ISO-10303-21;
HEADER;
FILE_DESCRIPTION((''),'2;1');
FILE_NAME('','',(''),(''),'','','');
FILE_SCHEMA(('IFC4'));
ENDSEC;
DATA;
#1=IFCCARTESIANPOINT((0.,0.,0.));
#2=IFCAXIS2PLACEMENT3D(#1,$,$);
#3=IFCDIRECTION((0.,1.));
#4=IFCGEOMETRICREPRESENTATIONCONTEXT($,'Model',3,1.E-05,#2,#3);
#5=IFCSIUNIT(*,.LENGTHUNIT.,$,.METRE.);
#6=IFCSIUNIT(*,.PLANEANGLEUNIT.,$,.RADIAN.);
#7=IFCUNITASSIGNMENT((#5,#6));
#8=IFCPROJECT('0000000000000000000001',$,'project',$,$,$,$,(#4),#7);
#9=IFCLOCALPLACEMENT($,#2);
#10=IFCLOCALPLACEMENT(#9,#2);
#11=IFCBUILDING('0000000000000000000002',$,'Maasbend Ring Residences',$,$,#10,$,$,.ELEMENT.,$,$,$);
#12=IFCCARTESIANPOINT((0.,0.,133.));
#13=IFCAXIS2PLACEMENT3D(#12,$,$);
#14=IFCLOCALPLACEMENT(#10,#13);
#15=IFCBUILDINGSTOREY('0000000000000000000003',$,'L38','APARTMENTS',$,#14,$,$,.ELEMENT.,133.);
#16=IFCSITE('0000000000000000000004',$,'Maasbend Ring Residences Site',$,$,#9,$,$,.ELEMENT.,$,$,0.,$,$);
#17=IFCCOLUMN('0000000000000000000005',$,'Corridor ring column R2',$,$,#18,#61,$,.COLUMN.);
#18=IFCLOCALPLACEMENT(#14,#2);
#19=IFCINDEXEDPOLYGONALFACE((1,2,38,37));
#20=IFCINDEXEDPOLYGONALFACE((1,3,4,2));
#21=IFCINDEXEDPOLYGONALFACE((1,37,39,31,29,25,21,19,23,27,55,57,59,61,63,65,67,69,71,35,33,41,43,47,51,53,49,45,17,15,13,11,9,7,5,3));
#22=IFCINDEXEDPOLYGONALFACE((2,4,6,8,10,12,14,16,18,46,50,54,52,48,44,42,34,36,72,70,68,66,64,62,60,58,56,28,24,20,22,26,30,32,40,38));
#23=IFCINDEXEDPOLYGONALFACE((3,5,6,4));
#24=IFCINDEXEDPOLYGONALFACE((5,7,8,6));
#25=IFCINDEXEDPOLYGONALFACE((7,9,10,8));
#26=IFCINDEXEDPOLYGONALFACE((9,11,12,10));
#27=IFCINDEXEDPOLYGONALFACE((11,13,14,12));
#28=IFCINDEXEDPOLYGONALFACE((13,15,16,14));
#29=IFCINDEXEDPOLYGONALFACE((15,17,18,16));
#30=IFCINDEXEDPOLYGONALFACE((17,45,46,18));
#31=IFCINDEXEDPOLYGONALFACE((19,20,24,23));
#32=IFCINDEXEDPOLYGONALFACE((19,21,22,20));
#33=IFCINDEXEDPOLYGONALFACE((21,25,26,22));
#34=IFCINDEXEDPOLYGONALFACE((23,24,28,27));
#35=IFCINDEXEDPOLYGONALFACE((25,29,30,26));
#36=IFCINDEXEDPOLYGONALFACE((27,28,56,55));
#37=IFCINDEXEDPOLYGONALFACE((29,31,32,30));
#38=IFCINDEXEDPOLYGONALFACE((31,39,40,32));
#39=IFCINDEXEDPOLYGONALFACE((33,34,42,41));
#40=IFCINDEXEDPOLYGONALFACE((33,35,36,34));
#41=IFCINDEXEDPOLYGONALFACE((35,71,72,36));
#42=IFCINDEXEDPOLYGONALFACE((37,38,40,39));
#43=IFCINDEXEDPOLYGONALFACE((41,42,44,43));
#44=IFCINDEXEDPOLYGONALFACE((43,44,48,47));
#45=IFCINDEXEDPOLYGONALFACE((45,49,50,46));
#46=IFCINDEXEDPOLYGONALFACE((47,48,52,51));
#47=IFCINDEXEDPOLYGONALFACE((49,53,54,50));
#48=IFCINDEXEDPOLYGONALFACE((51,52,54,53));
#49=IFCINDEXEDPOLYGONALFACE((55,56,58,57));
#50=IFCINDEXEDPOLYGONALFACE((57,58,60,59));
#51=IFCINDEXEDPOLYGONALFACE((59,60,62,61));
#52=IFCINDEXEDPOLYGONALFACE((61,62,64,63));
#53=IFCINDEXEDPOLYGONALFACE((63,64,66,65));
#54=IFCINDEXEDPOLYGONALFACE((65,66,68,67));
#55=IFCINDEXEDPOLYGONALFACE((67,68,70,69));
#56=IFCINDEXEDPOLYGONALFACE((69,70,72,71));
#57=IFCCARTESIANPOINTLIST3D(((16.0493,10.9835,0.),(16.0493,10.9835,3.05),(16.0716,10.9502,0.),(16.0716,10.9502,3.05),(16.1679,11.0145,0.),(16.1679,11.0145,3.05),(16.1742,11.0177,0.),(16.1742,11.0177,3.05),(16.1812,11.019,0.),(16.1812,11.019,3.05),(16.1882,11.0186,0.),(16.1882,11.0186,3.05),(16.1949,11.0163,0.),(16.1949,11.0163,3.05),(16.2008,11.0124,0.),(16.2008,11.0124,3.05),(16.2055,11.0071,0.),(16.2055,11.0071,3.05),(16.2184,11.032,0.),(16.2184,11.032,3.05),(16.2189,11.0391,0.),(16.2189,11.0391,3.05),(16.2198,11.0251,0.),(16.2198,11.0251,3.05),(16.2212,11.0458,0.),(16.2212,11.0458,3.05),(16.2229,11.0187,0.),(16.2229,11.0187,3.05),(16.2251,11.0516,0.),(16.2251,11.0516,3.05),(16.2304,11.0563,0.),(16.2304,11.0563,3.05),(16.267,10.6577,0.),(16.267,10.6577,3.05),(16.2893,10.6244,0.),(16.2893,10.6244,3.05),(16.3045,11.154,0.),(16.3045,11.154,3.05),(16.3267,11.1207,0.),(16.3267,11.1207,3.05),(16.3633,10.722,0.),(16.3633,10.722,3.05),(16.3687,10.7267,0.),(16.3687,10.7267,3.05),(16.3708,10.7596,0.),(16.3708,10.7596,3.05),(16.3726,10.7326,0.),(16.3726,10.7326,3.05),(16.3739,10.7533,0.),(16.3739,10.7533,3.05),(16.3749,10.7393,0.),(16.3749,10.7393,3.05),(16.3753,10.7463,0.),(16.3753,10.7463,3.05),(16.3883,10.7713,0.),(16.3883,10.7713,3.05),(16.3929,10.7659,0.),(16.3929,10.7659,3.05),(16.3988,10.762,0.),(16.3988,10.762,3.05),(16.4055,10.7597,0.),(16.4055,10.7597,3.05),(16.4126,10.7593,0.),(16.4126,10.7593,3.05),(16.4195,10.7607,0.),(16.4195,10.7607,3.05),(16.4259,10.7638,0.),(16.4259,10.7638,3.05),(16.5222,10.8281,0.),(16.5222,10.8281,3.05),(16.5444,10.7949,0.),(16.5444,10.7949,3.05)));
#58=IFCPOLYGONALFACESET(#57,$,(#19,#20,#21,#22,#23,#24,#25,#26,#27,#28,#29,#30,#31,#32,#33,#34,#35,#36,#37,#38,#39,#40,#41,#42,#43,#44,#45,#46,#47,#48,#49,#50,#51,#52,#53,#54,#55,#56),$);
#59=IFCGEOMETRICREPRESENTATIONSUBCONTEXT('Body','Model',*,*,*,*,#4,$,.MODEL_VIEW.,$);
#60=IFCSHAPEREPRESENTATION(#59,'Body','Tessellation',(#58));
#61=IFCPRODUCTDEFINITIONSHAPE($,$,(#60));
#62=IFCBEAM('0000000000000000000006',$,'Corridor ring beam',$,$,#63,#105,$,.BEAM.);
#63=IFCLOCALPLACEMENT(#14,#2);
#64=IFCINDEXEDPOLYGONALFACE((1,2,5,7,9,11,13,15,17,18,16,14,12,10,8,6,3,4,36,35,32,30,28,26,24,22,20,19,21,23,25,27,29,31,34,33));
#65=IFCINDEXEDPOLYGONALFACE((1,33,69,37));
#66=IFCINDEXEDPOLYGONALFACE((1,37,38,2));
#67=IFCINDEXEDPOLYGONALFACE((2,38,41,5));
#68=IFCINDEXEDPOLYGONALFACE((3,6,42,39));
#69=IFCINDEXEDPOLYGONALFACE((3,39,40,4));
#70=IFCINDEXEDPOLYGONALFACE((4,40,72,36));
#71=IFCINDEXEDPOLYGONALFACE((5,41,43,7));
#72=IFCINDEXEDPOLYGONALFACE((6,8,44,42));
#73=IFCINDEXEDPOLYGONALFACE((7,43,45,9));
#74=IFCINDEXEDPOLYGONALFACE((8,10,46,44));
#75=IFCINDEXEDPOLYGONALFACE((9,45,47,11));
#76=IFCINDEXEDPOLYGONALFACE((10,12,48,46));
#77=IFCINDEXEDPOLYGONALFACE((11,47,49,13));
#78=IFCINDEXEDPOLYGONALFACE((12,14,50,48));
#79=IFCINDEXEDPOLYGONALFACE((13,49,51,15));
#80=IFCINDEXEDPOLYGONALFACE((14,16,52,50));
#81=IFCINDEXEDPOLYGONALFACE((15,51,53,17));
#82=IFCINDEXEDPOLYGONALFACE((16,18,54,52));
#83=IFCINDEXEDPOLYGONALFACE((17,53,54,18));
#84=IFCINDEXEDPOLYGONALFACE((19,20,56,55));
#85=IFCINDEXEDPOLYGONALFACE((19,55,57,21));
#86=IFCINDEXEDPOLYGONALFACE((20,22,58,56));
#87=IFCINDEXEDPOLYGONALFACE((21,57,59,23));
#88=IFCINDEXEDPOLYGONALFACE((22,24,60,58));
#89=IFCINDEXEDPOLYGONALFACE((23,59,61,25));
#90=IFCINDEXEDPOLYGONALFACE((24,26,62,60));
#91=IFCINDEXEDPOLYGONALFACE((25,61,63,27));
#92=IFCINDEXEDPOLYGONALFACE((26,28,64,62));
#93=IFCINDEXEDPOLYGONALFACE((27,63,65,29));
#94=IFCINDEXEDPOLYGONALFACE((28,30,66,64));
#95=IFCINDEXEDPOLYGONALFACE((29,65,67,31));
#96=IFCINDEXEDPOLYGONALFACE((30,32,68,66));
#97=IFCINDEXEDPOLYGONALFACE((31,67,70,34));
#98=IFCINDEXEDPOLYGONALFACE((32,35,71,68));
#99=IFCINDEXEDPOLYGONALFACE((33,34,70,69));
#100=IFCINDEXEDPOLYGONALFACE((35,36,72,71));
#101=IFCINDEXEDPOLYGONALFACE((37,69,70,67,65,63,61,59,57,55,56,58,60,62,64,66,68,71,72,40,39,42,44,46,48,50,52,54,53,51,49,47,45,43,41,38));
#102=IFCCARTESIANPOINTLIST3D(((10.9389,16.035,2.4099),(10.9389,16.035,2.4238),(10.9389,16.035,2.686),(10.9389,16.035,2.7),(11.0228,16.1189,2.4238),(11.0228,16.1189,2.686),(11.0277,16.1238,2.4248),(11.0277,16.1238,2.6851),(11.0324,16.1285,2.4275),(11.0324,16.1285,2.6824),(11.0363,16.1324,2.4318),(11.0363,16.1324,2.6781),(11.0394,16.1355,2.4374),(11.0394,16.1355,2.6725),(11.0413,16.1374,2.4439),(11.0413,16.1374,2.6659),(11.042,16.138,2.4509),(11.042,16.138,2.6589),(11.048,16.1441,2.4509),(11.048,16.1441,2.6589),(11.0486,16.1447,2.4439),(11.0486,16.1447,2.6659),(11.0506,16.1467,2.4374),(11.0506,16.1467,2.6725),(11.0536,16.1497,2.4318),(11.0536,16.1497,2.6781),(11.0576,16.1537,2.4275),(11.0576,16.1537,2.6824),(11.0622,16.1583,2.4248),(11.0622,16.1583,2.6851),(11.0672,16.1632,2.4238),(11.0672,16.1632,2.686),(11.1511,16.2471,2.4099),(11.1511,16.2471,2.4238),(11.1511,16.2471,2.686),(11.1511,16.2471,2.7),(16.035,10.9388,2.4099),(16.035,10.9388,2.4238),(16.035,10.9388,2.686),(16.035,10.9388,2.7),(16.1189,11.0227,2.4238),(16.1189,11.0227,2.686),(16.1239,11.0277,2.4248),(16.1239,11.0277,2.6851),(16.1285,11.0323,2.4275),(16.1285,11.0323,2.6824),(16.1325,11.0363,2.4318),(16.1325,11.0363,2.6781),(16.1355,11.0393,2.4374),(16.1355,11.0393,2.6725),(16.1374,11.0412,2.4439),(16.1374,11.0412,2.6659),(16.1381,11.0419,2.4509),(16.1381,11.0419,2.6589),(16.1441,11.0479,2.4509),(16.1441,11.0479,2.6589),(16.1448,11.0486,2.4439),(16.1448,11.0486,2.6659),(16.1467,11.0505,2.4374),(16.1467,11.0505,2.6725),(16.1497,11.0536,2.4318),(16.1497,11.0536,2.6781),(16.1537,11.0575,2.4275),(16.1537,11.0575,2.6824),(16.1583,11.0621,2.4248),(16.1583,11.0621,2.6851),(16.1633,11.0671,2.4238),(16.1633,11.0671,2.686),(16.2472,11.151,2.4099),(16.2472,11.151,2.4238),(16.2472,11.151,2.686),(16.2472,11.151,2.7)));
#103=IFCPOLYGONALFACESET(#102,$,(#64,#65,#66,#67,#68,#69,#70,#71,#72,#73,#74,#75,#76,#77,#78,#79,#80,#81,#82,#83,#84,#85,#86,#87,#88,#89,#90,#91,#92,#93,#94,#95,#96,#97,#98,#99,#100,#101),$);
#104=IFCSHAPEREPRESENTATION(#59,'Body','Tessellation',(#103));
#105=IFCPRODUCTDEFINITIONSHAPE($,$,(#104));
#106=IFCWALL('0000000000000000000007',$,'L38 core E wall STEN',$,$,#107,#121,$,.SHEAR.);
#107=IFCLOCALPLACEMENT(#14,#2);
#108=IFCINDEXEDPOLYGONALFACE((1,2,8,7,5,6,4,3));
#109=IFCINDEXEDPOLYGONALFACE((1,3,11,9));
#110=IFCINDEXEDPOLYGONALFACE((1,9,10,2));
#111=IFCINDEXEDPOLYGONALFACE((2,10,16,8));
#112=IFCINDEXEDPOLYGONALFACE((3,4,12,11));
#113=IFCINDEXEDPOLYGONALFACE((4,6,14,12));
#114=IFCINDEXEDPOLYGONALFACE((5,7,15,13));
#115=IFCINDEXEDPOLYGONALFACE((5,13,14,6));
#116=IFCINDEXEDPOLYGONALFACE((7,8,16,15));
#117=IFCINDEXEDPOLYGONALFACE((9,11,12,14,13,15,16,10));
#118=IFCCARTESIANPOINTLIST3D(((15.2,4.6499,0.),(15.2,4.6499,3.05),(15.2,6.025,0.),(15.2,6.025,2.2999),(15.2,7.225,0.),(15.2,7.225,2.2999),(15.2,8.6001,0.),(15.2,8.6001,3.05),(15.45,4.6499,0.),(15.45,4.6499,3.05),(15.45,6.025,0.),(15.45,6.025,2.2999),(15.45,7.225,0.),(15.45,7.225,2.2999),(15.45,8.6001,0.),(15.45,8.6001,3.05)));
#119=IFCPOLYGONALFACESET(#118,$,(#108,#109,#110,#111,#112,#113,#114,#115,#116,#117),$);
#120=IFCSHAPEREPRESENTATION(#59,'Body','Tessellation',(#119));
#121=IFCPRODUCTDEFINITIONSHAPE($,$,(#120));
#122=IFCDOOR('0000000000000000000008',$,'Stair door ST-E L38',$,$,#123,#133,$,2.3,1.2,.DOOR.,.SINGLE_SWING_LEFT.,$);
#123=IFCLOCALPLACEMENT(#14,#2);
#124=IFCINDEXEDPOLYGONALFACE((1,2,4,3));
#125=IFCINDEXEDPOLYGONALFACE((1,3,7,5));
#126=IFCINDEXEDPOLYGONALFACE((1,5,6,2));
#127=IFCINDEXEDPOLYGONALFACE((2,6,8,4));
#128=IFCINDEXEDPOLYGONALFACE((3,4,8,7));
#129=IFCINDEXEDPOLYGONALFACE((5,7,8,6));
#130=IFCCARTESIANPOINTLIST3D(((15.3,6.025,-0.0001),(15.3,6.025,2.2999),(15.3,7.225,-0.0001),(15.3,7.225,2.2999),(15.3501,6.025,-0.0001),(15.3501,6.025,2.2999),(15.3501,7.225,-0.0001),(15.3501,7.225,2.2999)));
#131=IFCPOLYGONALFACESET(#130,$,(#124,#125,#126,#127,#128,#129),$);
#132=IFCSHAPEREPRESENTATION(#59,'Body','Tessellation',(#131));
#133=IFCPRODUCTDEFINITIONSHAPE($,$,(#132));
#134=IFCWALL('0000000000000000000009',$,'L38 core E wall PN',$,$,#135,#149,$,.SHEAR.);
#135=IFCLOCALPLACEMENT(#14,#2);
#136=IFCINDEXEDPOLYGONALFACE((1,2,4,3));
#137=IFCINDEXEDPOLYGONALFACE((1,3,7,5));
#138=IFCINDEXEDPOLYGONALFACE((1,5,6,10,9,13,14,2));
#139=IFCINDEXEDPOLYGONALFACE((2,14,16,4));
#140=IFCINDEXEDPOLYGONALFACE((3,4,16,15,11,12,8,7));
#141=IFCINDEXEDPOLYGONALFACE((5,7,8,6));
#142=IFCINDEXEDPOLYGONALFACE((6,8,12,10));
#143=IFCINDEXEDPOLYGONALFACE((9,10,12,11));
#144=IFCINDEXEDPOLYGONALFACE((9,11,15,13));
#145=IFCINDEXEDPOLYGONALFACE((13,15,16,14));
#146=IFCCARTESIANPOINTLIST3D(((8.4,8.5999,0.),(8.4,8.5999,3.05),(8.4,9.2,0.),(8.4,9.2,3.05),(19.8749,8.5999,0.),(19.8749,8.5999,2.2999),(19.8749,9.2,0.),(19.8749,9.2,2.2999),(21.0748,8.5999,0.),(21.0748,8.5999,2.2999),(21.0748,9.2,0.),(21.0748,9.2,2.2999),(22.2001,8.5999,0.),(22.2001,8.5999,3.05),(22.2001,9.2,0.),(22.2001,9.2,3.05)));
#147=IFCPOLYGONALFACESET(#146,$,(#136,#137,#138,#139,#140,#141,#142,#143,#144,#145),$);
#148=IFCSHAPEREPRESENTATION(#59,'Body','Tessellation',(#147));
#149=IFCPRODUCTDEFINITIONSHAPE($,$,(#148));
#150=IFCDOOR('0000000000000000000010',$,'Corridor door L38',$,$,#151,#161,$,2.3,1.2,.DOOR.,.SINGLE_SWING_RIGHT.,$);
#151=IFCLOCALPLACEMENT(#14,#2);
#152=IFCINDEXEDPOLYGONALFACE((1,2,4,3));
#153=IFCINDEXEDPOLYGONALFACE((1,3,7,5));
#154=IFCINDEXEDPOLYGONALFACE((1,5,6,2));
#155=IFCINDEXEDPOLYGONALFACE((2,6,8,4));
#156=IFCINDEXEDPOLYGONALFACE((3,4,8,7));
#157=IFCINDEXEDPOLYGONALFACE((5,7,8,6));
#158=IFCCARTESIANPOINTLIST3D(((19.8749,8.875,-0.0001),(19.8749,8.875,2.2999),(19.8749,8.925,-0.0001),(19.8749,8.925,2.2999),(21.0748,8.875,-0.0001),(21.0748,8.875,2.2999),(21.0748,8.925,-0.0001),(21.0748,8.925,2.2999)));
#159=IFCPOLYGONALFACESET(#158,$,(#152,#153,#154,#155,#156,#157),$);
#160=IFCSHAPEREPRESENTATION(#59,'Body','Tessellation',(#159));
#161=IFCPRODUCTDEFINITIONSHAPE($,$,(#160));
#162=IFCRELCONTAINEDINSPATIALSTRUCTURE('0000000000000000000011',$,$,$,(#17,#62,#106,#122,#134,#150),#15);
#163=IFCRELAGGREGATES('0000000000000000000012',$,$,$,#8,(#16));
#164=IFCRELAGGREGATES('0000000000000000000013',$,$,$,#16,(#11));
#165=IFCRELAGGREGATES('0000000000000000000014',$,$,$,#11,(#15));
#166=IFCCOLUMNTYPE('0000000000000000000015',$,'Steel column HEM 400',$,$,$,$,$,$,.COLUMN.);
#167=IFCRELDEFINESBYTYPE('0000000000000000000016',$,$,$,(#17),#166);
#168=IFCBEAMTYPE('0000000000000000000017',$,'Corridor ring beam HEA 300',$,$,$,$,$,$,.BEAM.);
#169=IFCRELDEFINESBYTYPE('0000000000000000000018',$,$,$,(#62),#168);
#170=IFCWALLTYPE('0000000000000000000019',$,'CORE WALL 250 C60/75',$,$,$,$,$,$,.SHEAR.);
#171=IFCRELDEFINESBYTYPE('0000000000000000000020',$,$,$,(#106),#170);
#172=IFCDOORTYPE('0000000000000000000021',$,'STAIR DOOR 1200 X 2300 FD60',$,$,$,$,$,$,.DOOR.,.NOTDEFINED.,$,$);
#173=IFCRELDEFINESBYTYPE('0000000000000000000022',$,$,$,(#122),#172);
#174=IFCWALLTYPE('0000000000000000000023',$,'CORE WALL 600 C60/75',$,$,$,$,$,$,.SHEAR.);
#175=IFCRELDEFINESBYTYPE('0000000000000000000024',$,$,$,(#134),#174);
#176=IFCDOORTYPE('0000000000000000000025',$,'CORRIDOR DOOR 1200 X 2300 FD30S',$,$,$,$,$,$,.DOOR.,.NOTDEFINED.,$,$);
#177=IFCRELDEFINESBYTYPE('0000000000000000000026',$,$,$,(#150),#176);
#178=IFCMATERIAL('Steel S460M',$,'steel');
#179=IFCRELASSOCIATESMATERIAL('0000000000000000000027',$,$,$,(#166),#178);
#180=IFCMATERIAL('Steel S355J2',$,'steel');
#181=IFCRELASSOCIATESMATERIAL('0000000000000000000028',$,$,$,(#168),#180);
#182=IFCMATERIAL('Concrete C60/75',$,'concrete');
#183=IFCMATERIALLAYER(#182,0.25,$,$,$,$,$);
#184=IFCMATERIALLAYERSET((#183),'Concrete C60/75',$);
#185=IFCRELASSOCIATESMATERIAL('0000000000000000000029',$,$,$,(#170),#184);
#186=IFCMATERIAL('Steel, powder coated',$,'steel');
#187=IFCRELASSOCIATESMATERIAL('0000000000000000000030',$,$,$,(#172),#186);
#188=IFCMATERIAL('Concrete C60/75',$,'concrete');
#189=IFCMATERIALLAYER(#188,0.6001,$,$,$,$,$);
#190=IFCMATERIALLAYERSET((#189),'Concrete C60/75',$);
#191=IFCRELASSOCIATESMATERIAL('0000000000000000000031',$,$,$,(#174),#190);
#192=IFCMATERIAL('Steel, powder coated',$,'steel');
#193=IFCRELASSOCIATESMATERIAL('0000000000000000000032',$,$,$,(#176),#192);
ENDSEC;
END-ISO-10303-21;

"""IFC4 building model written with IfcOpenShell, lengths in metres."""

from ifc_helpers import new_model, si_unit, direction, frame, frame_2d, origin, origin_2d, place, context, subcontext, project, spatial, rectangle, i_section, extrude, material, layer, layer_set, material_profile, profile_set, type_object, element, fill, save


model = new_model("IFC4")

# Units and contexts
model_context = context("Model", 3, precision=1e-05, world=origin(), true_north=direction((0.0, 1.0)))
body_context = subcontext(model_context, "Body", "Model", "MODEL_VIEW")
ifc_project = project(units=[si_unit("LENGTHUNIT", "METRE"), si_unit("PLANEANGLEUNIT", "RADIAN")], contexts=[model_context])

# Site, building, storey
site_placement = place(None, origin())
site = spatial("IfcSite", under=ifc_project, at=site_placement, Name="Maasbend Ring Residences Site", CompositionType="ELEMENT", RefElevation=0.0)
building_placement = place(site_placement, origin())
building = spatial("IfcBuilding", under=site, at=building_placement, Name="Maasbend Ring Residences", CompositionType="ELEMENT")
storey_placement = place(building_placement, frame((0.0, 0.0, 133.0)))
storey = spatial("IfcBuildingStorey", under=building, at=storey_placement, Name="L38", Description="APARTMENTS", CompositionType="ELEMENT", Elevation=133.0)

# Column
ifc_material_1 = material(Name="Steel S460M", Category="steel")
ifc_material_profile_1 = material_profile(ifc_material_1, i_section(OverallWidth=0.3069, OverallDepth=0.4319, WebThickness=0.021, FlangeThickness=0.04, FilletRadius=0.0271, at=origin_2d()), Name="HEM 400")
ifc_profile_set_1 = profile_set([ifc_material_profile_1], Name="Steel S460M")
column_type = type_object("IfcColumnType", Name="Steel column HEM 400", PredefinedType="COLUMN", material=ifc_profile_set_1)
column_placement = place(storey_placement, frame((16.2969, 10.8892, 0.0), z_axis=(0.0, 0.0, 1.0), x_axis=(0.83147, 0.55557, 0.0)))
element("IfcColumn", 1, at=column_placement, inside=storey, type_object=column_type, Name="Corridor ring column R2", PredefinedType="COLUMN", context=body_context, shape_type="SweptSolid", body=[
    extrude(i_section(OverallWidth=0.3069, OverallDepth=0.4319, WebThickness=0.021, FlangeThickness=0.04, FilletRadius=0.0271, at=origin_2d()), origin(), (0.0, 0.0, 1.0), 3.05),
])

# Beam
ifc_material_2 = material(Name="Steel S355J2", Category="steel")
ifc_material_profile_2 = material_profile(ifc_material_2, i_section(OverallWidth=0.3, OverallDepth=0.29, WebThickness=0.0085, FlangeThickness=0.0139, FilletRadius=0.0271, at=origin_2d()), Name="HEA 300")
ifc_profile_set_2 = profile_set([ifc_material_profile_2], Name="Steel S355J2")
beam_type = type_object("IfcBeamType", Name="Corridor ring beam HEA 300", PredefinedType="BEAM", material=ifc_profile_set_2)
beam_placement = place(storey_placement, frame((16.1411, 11.0449, 2.5549), z_axis=(-0.707107, 0.707107, 0.0), x_axis=(-0.707107, -0.707107, 0.0)))
element("IfcBeam", 2, at=beam_placement, inside=storey, type_object=beam_type, Name="Corridor ring beam", PredefinedType="BEAM", context=body_context, shape_type="SweptSolid", body=[
    extrude(i_section(OverallWidth=0.3, OverallDepth=0.29, WebThickness=0.0085, FlangeThickness=0.0139, FilletRadius=0.0271, at=origin_2d()), origin(), (0.0, 0.0, 1.0), 7.207),
])

# Walls, openings, doors
ifc_material_3 = material(Name="Concrete C60/75", Category="concrete")
ifc_layer_1 = layer(ifc_material_3, 0.25)
ifc_layer_set_1 = layer_set([ifc_layer_1], Name="Concrete C60/75")
wall_type_1 = type_object("IfcWallType", Name="CORE WALL 250 C60/75", PredefinedType="SHEAR", material=ifc_layer_set_1)
wall_1_placement = place(storey_placement, frame((15.325, 4.6499, 0.0), z_axis=(0.0, 0.0, 1.0), x_axis=(0.0, 1.0, 0.0)))
wall_1 = element("IfcWall", 3, at=wall_1_placement, inside=storey, type_object=wall_type_1, Name="L38 core E wall STEN", PredefinedType="SHEAR", context=body_context, shape_type="SweptSolid", body=[
    extrude(rectangle(XDim=3.9502, YDim=0.25, at=frame_2d((1.9751, 0.0))), origin(), (0.0, 0.0, 1.0), 3.05),
])
opening_1_placement = place(wall_1_placement, frame((1.375, 0.0, 0.0)))
opening_1 = element("IfcOpeningElement", 4, at=opening_1_placement, cuts=wall_1, PredefinedType="OPENING", context=body_context, shape_type="SweptSolid", body=[
    extrude(rectangle(XDim=1.2, YDim=2.3, at=frame_2d((0.6001, 1.1499))), frame((0.0, 0.135, 0.0), z_axis=(0.0, -1.0, 0.0), x_axis=(1.0, 0.0, 0.0)), (0.0, 0.0, 1.0), 0.27),
])
ifc_material_4 = material(Name="Steel, powder coated", Category="steel")
door_type_1 = type_object("IfcDoorType", Name="STAIR DOOR 1200 X 2300 FD60", OperationType="NOTDEFINED", PredefinedType="DOOR", material=ifc_material_4)
door_1_placement = place(opening_1_placement, origin())
door_1 = element("IfcDoor", 5, at=door_1_placement, inside=storey, type_object=door_type_1, Name="Stair door ST-E L38", OperationType="SINGLE_SWING_LEFT", OverallHeight=2.3, OverallWidth=1.2, PredefinedType="DOOR", context=body_context, shape_type="SweptSolid", body=[
    extrude(rectangle(XDim=1.2, YDim=2.3, at=frame_2d((0.6001, 1.1499))), frame((0.0, 0.0249, 0.0), z_axis=(0.0, -1.0, 0.0), x_axis=(1.0, 0.0, 0.0)), (0.0, 0.0, 1.0), 0.05),
])
fill(opening_1, door_1)
ifc_material_5 = material(Name="Concrete C60/75", Category="concrete")
ifc_layer_2 = layer(ifc_material_5, 0.6001)
ifc_layer_set_2 = layer_set([ifc_layer_2], Name="Concrete C60/75")
wall_type_2 = type_object("IfcWallType", Name="CORE WALL 600 C60/75", PredefinedType="SHEAR", material=ifc_layer_set_2)
wall_2_placement = place(storey_placement, frame((22.2, 8.8999, 0.0), z_axis=(0.0, 0.0, 1.0), x_axis=(-1.0, 0.0, 0.0)))
wall_2 = element("IfcWall", 6, at=wall_2_placement, inside=storey, type_object=wall_type_2, Name="L38 core E wall PN", PredefinedType="SHEAR", context=body_context, shape_type="SweptSolid", body=[
    extrude(rectangle(XDim=13.8, YDim=0.6001, at=frame_2d((6.8999, 0.0))), origin(), (0.0, 0.0, 1.0), 3.05),
])
opening_2_placement = place(wall_2_placement, frame((1.125, 0.0, 0.0)))
opening_2 = element("IfcOpeningElement", 7, at=opening_2_placement, cuts=wall_2, PredefinedType="OPENING", context=body_context, shape_type="SweptSolid", body=[
    extrude(rectangle(XDim=1.2, YDim=2.3, at=frame_2d((0.6001, 1.1499))), frame((0.0, 0.3101, 0.0), z_axis=(0.0, -1.0, 0.0), x_axis=(1.0, 0.0, 0.0)), (0.0, 0.0, 1.0), 0.6201),
])
ifc_material_6 = material(Name="Steel, powder coated", Category="steel")
door_type_2 = type_object("IfcDoorType", Name="CORRIDOR DOOR 1200 X 2300 FD30S", OperationType="NOTDEFINED", PredefinedType="DOOR", material=ifc_material_6)
door_2_placement = place(opening_2_placement, origin())
door_2 = element("IfcDoor", 8, at=door_2_placement, inside=storey, type_object=door_type_2, Name="Corridor door L38", OperationType="SINGLE_SWING_RIGHT", OverallHeight=2.3, OverallWidth=1.2, PredefinedType="DOOR", context=body_context, shape_type="SweptSolid", body=[
    extrude(rectangle(XDim=1.2, YDim=2.3, at=frame_2d((0.6001, 1.1499))), frame((0.0, 0.0249, 0.0), z_axis=(0.0, -1.0, 0.0), x_axis=(1.0, 0.0, 0.0)), (0.0, 0.0, 1.0), 0.05),
])
fill(opening_2, door_2)

save(model, "model.ifc")
